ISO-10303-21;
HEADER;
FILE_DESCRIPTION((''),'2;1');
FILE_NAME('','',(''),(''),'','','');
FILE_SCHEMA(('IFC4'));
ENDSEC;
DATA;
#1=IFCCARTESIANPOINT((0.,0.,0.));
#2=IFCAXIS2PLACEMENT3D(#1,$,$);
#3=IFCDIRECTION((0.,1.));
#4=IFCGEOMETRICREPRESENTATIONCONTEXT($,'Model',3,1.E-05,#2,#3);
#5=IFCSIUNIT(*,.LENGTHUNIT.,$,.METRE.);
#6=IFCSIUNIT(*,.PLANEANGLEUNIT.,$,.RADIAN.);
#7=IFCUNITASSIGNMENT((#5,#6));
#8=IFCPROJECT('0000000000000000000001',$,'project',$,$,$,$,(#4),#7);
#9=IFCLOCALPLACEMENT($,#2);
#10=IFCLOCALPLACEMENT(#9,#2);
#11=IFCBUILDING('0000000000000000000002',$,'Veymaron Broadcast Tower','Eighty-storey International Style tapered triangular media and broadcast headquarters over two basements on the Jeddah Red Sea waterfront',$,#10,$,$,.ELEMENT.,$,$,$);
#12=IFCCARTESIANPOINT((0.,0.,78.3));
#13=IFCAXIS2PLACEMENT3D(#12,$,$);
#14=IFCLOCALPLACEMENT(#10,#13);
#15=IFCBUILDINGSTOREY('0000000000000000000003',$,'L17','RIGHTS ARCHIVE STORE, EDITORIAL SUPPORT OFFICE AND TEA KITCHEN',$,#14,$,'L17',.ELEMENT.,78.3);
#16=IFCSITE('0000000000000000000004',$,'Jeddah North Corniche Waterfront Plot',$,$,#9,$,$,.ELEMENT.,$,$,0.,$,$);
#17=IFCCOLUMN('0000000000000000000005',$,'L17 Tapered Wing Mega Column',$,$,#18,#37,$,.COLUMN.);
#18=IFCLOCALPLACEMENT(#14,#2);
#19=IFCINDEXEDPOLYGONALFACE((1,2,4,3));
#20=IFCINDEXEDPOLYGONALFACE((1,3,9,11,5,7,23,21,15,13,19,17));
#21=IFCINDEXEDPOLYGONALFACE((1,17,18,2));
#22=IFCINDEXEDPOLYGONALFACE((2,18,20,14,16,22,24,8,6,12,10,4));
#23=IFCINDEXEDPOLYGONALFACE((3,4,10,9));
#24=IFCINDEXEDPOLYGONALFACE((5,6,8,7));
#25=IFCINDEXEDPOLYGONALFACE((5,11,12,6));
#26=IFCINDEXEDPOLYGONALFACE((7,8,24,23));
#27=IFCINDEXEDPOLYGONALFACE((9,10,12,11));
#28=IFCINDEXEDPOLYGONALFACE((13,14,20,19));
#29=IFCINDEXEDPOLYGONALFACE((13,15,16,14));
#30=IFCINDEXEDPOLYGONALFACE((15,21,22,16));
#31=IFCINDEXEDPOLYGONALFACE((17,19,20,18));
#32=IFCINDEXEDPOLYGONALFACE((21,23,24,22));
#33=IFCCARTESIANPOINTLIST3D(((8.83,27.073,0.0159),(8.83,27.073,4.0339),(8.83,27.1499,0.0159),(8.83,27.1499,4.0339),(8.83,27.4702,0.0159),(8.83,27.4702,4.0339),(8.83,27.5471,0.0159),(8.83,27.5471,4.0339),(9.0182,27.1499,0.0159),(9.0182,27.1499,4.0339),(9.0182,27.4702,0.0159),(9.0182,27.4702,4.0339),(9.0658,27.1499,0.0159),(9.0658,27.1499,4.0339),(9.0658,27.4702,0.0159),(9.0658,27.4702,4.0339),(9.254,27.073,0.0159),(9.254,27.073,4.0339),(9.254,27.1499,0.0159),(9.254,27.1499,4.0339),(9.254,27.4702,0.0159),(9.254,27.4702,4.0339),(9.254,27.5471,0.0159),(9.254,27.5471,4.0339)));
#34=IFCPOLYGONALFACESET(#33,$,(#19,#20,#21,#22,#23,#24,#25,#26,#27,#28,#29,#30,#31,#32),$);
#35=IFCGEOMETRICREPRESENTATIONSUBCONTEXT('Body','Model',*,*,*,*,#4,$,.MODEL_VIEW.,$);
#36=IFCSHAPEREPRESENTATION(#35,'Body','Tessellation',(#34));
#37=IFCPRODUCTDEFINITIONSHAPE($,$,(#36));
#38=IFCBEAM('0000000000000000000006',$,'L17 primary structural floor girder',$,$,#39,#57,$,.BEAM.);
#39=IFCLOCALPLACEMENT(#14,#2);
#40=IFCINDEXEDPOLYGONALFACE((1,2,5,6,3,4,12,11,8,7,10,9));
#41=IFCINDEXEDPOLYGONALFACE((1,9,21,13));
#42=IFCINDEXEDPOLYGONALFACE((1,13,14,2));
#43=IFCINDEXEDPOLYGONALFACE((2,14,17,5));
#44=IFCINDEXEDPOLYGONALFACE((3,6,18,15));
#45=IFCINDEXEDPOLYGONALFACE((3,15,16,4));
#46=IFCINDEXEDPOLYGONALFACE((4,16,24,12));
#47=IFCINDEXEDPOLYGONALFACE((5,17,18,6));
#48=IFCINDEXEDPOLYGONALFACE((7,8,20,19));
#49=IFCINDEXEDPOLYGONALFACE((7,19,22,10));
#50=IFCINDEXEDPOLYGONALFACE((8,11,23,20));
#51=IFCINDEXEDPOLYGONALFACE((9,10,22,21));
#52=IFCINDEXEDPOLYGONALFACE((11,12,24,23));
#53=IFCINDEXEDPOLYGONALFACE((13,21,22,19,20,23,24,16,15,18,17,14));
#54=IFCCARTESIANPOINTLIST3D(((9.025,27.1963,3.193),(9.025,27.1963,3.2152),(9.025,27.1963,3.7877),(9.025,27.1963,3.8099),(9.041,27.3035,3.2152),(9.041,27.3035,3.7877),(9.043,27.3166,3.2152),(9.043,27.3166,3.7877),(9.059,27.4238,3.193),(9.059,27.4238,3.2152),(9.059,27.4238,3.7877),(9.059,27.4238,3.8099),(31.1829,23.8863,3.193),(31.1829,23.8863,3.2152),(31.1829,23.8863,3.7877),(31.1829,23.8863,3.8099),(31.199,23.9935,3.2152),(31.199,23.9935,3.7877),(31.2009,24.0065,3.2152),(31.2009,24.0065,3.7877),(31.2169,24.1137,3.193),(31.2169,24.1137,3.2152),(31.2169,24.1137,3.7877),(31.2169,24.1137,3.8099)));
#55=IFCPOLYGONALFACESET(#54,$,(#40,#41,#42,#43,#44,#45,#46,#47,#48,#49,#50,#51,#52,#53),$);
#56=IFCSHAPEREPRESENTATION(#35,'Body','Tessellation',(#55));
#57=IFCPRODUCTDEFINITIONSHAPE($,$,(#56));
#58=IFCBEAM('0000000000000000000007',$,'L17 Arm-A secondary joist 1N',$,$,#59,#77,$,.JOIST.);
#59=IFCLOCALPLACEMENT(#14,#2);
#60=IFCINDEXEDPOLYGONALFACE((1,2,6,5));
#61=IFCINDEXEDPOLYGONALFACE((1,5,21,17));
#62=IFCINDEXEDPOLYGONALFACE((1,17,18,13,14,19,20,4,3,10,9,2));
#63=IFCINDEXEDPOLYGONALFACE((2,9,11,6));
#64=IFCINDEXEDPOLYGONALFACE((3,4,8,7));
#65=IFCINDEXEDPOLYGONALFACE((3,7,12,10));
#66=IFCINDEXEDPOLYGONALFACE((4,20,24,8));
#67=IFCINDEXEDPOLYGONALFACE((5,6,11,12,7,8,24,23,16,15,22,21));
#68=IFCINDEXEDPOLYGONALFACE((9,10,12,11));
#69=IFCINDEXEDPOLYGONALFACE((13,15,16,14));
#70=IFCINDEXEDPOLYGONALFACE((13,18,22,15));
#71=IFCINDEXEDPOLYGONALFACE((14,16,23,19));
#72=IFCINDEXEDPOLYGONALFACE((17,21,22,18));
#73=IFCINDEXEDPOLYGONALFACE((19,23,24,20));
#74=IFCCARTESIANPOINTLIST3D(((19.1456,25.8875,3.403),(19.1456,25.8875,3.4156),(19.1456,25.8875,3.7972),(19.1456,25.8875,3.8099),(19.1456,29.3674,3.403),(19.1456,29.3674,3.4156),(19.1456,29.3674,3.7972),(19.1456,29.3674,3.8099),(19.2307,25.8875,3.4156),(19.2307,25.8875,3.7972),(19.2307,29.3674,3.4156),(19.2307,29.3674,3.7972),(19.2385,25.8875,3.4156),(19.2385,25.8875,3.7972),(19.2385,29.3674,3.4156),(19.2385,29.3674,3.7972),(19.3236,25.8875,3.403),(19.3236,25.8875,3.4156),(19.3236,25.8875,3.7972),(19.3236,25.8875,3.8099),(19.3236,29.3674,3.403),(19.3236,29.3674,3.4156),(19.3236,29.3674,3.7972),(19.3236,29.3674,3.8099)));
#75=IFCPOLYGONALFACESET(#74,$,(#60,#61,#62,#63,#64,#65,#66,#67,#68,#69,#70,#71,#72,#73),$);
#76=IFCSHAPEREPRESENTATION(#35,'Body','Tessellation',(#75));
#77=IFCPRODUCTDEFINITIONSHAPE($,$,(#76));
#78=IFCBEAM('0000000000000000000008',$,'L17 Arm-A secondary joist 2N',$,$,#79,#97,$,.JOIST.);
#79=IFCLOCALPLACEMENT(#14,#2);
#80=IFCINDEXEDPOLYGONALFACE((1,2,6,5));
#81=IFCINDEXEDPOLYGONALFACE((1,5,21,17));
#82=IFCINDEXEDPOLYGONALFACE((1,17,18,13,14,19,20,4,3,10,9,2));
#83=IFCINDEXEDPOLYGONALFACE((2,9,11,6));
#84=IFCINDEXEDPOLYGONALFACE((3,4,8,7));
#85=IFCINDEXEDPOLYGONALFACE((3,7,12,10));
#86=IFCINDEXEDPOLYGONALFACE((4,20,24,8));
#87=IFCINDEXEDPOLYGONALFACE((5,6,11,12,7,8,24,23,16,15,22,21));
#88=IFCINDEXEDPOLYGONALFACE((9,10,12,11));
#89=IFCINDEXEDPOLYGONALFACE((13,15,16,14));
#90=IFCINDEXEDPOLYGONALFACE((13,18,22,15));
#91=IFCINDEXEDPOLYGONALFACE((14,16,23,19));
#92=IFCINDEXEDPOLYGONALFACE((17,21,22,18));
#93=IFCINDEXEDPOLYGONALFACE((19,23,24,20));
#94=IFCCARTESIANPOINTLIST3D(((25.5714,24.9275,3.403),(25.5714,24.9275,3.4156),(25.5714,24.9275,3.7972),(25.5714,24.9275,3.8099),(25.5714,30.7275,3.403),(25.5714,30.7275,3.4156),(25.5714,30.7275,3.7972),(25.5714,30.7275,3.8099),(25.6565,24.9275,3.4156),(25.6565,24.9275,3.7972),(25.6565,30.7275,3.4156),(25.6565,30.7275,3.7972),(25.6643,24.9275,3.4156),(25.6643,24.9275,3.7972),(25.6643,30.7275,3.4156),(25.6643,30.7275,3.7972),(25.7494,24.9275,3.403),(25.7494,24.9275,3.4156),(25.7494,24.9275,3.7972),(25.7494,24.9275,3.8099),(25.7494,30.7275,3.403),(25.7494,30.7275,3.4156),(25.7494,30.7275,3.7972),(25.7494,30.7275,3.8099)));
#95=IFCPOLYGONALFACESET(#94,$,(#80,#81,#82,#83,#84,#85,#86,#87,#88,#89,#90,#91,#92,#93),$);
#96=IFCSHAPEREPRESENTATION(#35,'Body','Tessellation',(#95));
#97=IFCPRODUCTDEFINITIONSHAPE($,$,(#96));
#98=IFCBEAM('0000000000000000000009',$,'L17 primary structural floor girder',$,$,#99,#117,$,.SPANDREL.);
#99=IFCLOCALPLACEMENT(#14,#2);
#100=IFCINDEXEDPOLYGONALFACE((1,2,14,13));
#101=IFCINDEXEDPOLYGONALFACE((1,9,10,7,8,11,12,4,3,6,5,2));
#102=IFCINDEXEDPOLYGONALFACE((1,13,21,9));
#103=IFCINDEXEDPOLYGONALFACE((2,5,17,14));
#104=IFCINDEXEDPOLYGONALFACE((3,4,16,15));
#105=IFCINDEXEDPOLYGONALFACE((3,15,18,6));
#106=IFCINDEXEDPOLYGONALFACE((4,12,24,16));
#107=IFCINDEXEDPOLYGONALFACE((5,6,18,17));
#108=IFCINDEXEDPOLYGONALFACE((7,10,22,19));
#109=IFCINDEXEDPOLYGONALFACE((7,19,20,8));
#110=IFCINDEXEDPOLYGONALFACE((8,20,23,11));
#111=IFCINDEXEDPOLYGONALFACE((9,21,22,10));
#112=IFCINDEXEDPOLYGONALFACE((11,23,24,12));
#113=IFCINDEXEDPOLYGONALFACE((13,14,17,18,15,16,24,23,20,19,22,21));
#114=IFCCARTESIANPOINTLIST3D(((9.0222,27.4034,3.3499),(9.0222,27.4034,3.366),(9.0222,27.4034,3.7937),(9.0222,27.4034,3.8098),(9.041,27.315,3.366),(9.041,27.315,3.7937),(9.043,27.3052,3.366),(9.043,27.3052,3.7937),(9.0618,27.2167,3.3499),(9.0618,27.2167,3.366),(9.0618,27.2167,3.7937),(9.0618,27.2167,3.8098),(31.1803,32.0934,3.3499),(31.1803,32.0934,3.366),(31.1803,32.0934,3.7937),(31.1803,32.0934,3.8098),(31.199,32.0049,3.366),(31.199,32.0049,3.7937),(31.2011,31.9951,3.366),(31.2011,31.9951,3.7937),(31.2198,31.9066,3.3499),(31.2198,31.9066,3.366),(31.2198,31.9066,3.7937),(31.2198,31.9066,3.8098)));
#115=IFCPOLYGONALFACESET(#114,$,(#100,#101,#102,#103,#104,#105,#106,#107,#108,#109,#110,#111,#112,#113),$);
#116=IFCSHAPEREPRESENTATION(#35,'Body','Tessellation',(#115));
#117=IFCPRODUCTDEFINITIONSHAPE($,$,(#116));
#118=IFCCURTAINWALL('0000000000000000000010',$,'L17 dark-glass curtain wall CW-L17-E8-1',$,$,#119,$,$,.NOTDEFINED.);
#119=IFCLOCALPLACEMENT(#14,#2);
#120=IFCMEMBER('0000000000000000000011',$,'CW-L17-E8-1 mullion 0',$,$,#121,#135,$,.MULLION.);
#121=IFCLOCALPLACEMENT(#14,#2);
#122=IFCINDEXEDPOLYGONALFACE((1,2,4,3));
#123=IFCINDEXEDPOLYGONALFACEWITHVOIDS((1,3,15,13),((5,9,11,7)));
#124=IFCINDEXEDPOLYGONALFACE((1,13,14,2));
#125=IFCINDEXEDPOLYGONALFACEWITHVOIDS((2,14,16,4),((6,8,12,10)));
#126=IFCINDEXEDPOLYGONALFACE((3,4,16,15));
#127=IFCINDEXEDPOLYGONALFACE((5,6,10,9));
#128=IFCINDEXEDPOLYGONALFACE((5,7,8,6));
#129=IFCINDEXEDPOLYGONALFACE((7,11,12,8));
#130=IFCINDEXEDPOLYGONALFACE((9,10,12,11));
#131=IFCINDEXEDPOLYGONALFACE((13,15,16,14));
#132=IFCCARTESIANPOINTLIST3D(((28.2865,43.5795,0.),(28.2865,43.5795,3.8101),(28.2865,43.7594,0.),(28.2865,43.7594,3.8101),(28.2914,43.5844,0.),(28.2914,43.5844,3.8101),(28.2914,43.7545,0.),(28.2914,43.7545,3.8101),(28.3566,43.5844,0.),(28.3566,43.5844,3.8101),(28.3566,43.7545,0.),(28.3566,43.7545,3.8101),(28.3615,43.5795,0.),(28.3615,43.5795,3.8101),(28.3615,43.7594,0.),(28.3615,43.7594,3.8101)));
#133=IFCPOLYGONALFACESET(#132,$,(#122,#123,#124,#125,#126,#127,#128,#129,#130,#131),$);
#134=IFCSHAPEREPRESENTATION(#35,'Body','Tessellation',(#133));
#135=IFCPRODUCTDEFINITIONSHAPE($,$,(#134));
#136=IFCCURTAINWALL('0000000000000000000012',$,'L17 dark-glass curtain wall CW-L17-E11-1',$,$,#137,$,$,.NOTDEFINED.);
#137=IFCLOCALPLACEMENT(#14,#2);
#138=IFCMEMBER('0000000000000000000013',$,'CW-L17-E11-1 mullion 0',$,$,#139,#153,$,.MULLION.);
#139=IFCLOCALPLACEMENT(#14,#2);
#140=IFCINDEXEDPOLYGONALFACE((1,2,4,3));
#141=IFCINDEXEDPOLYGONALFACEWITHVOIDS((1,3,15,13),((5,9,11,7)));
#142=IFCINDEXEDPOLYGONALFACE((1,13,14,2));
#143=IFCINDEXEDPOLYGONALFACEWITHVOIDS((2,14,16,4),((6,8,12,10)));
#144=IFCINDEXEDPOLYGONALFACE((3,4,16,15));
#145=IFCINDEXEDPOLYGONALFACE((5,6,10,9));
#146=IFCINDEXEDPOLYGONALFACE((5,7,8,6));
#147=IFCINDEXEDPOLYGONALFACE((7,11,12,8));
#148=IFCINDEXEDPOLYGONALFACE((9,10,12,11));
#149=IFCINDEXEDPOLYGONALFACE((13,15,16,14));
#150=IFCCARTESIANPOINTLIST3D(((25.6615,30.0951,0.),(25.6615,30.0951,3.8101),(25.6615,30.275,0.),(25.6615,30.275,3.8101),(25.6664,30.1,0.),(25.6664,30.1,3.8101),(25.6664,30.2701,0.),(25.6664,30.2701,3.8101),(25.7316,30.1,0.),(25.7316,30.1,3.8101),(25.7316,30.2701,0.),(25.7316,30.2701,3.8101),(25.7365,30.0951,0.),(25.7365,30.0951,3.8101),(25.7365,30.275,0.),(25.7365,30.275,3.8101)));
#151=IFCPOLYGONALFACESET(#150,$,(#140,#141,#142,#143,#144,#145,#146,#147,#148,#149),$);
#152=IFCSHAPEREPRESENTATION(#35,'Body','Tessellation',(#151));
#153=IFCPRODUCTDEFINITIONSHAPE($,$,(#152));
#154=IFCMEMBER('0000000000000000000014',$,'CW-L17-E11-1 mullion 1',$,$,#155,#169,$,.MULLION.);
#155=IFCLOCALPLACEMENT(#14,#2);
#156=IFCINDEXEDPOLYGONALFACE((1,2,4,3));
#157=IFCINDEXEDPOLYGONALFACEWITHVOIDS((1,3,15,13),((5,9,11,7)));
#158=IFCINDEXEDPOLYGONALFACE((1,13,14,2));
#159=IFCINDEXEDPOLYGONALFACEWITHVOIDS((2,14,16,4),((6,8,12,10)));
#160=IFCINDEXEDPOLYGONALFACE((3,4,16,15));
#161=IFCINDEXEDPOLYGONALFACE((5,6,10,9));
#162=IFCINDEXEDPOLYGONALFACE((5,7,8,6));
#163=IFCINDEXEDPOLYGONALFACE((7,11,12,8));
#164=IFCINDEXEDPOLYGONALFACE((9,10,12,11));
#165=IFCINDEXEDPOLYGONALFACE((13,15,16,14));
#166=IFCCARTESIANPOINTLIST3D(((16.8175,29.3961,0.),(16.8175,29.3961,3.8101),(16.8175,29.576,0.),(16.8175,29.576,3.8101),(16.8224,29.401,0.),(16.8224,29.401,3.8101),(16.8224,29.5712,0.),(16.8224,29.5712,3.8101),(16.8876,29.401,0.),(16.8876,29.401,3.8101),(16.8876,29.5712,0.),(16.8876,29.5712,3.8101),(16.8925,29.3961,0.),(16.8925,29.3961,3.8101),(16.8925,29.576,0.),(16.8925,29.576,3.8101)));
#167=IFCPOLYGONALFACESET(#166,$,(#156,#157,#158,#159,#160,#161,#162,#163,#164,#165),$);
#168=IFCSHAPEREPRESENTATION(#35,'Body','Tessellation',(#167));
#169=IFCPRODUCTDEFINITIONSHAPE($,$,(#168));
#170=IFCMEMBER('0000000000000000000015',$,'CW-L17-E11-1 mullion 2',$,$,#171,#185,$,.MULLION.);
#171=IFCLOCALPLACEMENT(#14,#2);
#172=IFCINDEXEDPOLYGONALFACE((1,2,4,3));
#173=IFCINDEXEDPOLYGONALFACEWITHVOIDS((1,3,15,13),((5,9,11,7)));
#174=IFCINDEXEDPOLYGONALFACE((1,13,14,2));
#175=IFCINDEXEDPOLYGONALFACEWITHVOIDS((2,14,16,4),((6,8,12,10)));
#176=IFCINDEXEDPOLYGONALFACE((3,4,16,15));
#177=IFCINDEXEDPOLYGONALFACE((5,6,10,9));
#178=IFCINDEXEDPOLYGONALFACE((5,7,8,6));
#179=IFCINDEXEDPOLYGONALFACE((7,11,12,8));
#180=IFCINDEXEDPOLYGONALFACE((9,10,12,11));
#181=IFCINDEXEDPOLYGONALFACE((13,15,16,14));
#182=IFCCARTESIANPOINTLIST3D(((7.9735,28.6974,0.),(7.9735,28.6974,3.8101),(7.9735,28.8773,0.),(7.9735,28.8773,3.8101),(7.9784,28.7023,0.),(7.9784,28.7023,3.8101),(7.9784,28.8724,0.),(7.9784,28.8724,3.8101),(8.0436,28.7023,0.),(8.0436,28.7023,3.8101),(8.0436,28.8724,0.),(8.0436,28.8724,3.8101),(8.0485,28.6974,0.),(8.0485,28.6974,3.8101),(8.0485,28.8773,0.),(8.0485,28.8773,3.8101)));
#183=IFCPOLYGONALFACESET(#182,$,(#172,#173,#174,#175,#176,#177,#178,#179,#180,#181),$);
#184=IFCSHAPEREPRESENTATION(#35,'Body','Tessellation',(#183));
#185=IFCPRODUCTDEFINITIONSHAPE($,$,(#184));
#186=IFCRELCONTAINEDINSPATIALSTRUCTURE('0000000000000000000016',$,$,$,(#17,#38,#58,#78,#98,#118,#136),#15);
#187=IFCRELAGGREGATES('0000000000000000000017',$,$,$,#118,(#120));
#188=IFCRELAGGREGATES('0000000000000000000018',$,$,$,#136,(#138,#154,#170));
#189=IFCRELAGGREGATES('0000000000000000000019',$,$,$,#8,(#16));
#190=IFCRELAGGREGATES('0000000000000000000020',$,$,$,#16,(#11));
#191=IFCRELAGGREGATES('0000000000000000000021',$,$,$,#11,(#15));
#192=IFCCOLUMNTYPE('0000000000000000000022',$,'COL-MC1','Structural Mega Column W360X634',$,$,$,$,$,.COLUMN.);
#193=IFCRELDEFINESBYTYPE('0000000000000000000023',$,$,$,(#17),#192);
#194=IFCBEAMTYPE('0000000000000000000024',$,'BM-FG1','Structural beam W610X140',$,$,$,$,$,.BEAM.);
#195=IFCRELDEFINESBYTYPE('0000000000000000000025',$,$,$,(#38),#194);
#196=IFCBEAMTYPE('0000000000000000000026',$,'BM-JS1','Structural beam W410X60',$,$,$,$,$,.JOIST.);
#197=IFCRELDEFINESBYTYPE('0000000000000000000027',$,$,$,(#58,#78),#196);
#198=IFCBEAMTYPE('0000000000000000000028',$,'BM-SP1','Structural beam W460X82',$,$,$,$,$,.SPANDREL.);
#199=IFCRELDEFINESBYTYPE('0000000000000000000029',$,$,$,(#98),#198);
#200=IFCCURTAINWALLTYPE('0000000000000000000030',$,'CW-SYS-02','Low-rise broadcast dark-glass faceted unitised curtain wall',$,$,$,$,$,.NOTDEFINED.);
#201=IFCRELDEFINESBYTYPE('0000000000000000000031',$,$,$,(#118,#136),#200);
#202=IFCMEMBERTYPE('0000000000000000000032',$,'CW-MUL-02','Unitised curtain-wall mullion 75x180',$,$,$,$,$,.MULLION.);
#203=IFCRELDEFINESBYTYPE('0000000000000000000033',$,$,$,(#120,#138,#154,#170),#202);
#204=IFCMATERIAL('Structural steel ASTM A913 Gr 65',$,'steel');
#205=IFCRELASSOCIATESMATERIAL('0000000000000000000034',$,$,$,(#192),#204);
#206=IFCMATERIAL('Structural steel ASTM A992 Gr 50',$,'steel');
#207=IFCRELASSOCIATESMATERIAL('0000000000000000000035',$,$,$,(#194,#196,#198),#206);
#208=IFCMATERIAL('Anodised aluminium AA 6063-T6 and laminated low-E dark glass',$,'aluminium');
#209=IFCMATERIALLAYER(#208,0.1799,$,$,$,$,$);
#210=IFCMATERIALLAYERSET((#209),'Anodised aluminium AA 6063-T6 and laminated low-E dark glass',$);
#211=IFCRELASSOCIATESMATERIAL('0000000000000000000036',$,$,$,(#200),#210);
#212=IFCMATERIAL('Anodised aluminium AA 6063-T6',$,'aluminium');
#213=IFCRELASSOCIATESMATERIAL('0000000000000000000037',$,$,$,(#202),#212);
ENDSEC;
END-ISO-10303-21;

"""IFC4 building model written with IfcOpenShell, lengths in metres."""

from ifc_helpers import new_model, si_unit, direction, frame, origin, origin_2d, place, context, subcontext, project, spatial, hollow_rectangle, i_section, extrude, material, layer, layer_set, material_profile, profile_set, type_object, element, aggregate, save


model = new_model("IFC4")

# Units and contexts
model_context = context("Model", 3, precision=1e-05, world=origin(), true_north=direction((0.0, 1.0)))
body_context = subcontext(model_context, "Body", "Model", "MODEL_VIEW")
ifc_project = project(units=[si_unit("LENGTHUNIT", "METRE"), si_unit("PLANEANGLEUNIT", "RADIAN")], contexts=[model_context])

# Site, building, storey
site_placement = place(None, origin())
site = spatial("IfcSite", under=ifc_project, at=site_placement, Name="Jeddah North Corniche Waterfront Plot", CompositionType="ELEMENT", RefElevation=0.0)
building_placement = place(site_placement, origin())
building = spatial("IfcBuilding", under=site, at=building_placement, Name="Veymaron Broadcast Tower", Description="Eighty-storey International Style tapered triangular media and broadcast headquarters over two basements on the Jeddah Red Sea waterfront", CompositionType="ELEMENT")
storey_placement = place(building_placement, frame((0.0, 0.0, 78.3)))
storey = spatial("IfcBuildingStorey", under=building, at=storey_placement, Name="L17", Description="RIGHTS ARCHIVE STORE, EDITORIAL SUPPORT OFFICE AND TEA KITCHEN", LongName="L17", CompositionType="ELEMENT", Elevation=78.3)

# Column
ifc_material_1 = material(Name="Structural steel ASTM A913 Gr 65", Category="steel")
ifc_material_profile_1 = material_profile(ifc_material_1, i_section(OverallWidth=0.4241, OverallDepth=0.4741, WebThickness=0.0476, FlangeThickness=0.0769, at=origin_2d()), Name="W360X634")
ifc_profile_set_1 = profile_set([ifc_material_profile_1], Name="Structural steel ASTM A913 Gr 65")
column_type = type_object("IfcColumnType", Name="COL-MC1", Description="Structural Mega Column W360X634", PredefinedType="COLUMN", material=ifc_profile_set_1)
column_placement = place(storey_placement, frame((9.042, 27.3101, 0.0159), z_axis=(0.0, 0.0, 1.0), x_axis=(1.0, 0.0, 0.0)))
element("IfcColumn", 1, at=column_placement, inside=storey, type_object=column_type, Name="L17 Tapered Wing Mega Column", PredefinedType="COLUMN", context=body_context, shape_type="SweptSolid", body=[
    extrude(i_section(OverallWidth=0.4241, OverallDepth=0.4741, WebThickness=0.0476, FlangeThickness=0.0769, at=origin_2d()), origin(), (0.0, 0.0, 1.0), 4.0181),
])

# Beams
ifc_material_2 = material(Name="Structural steel ASTM A992 Gr 50", Category="steel")
ifc_material_profile_2 = material_profile(ifc_material_2, i_section(OverallWidth=0.23, OverallDepth=0.6169, WebThickness=0.0132, FlangeThickness=0.0222, at=origin_2d()), Name="W610X140")
ifc_profile_set_2 = profile_set([ifc_material_profile_2], Name="Structural steel ASTM A992 Gr 50")
beam_type_1 = type_object("IfcBeamType", Name="BM-FG1", Description="Structural beam W610X140", PredefinedType="BEAM", material=ifc_profile_set_2)
beam_1_placement = place(storey_placement, frame((9.042, 27.3101, 3.5015), z_axis=(0.989025, -0.147745, 0.0), x_axis=(0.147745, 0.989025, 0.0)))
element("IfcBeam", 2, at=beam_1_placement, inside=storey, type_object=beam_type_1, Name="L17 primary structural floor girder", PredefinedType="BEAM", context=body_context, shape_type="SweptSolid", body=[
    extrude(i_section(OverallWidth=0.23, OverallDepth=0.6169, WebThickness=0.0132, FlangeThickness=0.0222, at=origin_2d()), origin(), (0.0, 0.0, 1.0), 22.4038),
])
ifc_material_profile_3 = material_profile(ifc_material_2, i_section(OverallWidth=0.178, OverallDepth=0.407, WebThickness=0.0078, FlangeThickness=0.0127, at=origin_2d()), Name="W410X60")
ifc_profile_set_3 = profile_set([ifc_material_profile_3], Name="Structural steel ASTM A992 Gr 50")
beam_type_2 = type_object("IfcBeamType", Name="BM-JS1", Description="Structural beam W410X60", PredefinedType="JOIST", material=ifc_profile_set_3)
beam_2_placement = place(storey_placement, frame((19.2346, 25.8875, 3.6064), z_axis=(0.0, 1.0, 0.0), x_axis=(-1.0, 0.0, 0.0)))
element("IfcBeam", 3, at=beam_2_placement, inside=storey, type_object=beam_type_2, Name="L17 Arm-A secondary joist 1N", PredefinedType="JOIST", context=body_context, shape_type="SweptSolid", body=[
    extrude(i_section(OverallWidth=0.178, OverallDepth=0.407, WebThickness=0.0078, FlangeThickness=0.0127, at=origin_2d()), origin(), (0.0, 0.0, 1.0), 3.48),
])
beam_3_placement = place(storey_placement, frame((25.6604, 24.9275, 3.6064), z_axis=(0.0, 1.0, 0.0), x_axis=(-1.0, 0.0, 0.0)))
element("IfcBeam", 4, at=beam_3_placement, inside=storey, type_object=beam_type_2, Name="L17 Arm-A secondary joist 2N", PredefinedType="JOIST", context=body_context, shape_type="SweptSolid", body=[
    extrude(i_section(OverallWidth=0.178, OverallDepth=0.407, WebThickness=0.0078, FlangeThickness=0.0127, at=origin_2d()), origin(), (0.0, 0.0, 1.0), 5.8),
])
ifc_material_profile_4 = material_profile(ifc_material_2, i_section(OverallWidth=0.1909, OverallDepth=0.46, WebThickness=0.01, FlangeThickness=0.0161, at=origin_2d()), Name="W460X82")
ifc_profile_set_4 = profile_set([ifc_material_profile_4], Name="Structural steel ASTM A992 Gr 50")
beam_type_3 = type_object("IfcBeamType", Name="BM-SP1", Description="Structural beam W460X82", PredefinedType="SPANDREL", material=ifc_profile_set_4)
beam_4_placement = place(storey_placement, frame((9.042, 27.3101, 3.5798), z_axis=(0.978326, 0.207072, 0.0), x_axis=(-0.207072, 0.978326, 0.0)))
element("IfcBeam", 5, at=beam_4_placement, inside=storey, type_object=beam_type_3, Name="L17 primary structural floor girder", PredefinedType="SPANDREL", context=body_context, shape_type="SweptSolid", body=[
    extrude(i_section(OverallWidth=0.1909, OverallDepth=0.46, WebThickness=0.01, FlangeThickness=0.0161, at=origin_2d()), origin(), (0.0, 0.0, 1.0), 22.6489),
])

# Curtain wall, member
ifc_material_3 = material(Name="Anodised aluminium AA 6063-T6 and laminated low-E dark glass", Category="aluminium")
ifc_layer_1 = layer(ifc_material_3, 0.1799)
ifc_layer_set_1 = layer_set([ifc_layer_1], Name="Anodised aluminium AA 6063-T6 and laminated low-E dark glass")
curtain_wall_type = type_object("IfcCurtainWallType", Name="CW-SYS-02", Description="Low-rise broadcast dark-glass faceted unitised curtain wall", PredefinedType="NOTDEFINED", material=ifc_layer_set_1)
curtain_wall_1_placement = place(storey_placement, origin())
curtain_wall_1 = element("IfcCurtainWall", 6, at=curtain_wall_1_placement, inside=storey, type_object=curtain_wall_type, Name="L17 dark-glass curtain wall CW-L17-E8-1", PredefinedType="NOTDEFINED")
ifc_material_4 = material(Name="Anodised aluminium AA 6063-T6", Category="aluminium")
ifc_material_profile_5 = material_profile(ifc_material_4, hollow_rectangle(XDim=0.075, YDim=0.1799, WallThickness=0.0049, at=origin_2d()), Name="AL180X75X5")
ifc_profile_set_5 = profile_set([ifc_material_profile_5], Name="Anodised aluminium AA 6063-T6")
member_type_1 = type_object("IfcMemberType", Name="CW-MUL-02", Description="Unitised curtain-wall mullion 75x180", PredefinedType="MULLION", material=ifc_profile_set_5)
member_1_placement = place(storey_placement, frame((28.324, 43.6694, 0.0), z_axis=(0.0, 0.0, 1.0), x_axis=(1.0, 0.0, 0.0)))
member_1 = element("IfcMember", 7, at=member_1_placement, type_object=member_type_1, Name="CW-L17-E8-1 mullion 0", PredefinedType="MULLION", context=body_context, shape_type="SweptSolid", body=[
    extrude(hollow_rectangle(XDim=0.075, YDim=0.1799, WallThickness=0.0049, at=origin_2d()), origin(), (0.0, 0.0, 1.0), 3.8101),
])

# Curtain wall, members
curtain_wall_2_placement = place(storey_placement, origin())
curtain_wall_2 = element("IfcCurtainWall", 8, at=curtain_wall_2_placement, inside=storey, type_object=curtain_wall_type, Name="L17 dark-glass curtain wall CW-L17-E11-1", PredefinedType="NOTDEFINED")
member_2_placement = place(storey_placement, frame((25.699, 30.1851, 0.0), z_axis=(0.0, 0.0, 1.0), x_axis=(1.0, 0.0, 0.0)))
member_2 = element("IfcMember", 9, at=member_2_placement, type_object=member_type_1, Name="CW-L17-E11-1 mullion 0", PredefinedType="MULLION", context=body_context, shape_type="SweptSolid", body=[
    extrude(hollow_rectangle(XDim=0.075, YDim=0.1799, WallThickness=0.0049, at=origin_2d()), origin(), (0.0, 0.0, 1.0), 3.8101),
])
member_3_placement = place(storey_placement, frame((16.855, 29.4861, 0.0), z_axis=(0.0, 0.0, 1.0), x_axis=(1.0, 0.0, 0.0)))
member_3 = element("IfcMember", 10, at=member_3_placement, type_object=member_type_1, Name="CW-L17-E11-1 mullion 1", PredefinedType="MULLION", context=body_context, shape_type="SweptSolid", body=[
    extrude(hollow_rectangle(XDim=0.075, YDim=0.1799, WallThickness=0.0049, at=origin_2d()), origin(), (0.0, 0.0, 1.0), 3.8101),
])
member_4_placement = place(storey_placement, frame((8.011, 28.7874, 0.0), z_axis=(0.0, 0.0, 1.0), x_axis=(1.0, 0.0, 0.0)))
member_4 = element("IfcMember", 11, at=member_4_placement, type_object=member_type_1, Name="CW-L17-E11-1 mullion 2", PredefinedType="MULLION", context=body_context, shape_type="SweptSolid", body=[
    extrude(hollow_rectangle(XDim=0.075, YDim=0.1799, WallThickness=0.0049, at=origin_2d()), origin(), (0.0, 0.0, 1.0), 3.8101),
])

aggregate(curtain_wall_1, [member_1])

aggregate(curtain_wall_2, [member_2, member_3, member_4])

save(model, "model.ifc")
